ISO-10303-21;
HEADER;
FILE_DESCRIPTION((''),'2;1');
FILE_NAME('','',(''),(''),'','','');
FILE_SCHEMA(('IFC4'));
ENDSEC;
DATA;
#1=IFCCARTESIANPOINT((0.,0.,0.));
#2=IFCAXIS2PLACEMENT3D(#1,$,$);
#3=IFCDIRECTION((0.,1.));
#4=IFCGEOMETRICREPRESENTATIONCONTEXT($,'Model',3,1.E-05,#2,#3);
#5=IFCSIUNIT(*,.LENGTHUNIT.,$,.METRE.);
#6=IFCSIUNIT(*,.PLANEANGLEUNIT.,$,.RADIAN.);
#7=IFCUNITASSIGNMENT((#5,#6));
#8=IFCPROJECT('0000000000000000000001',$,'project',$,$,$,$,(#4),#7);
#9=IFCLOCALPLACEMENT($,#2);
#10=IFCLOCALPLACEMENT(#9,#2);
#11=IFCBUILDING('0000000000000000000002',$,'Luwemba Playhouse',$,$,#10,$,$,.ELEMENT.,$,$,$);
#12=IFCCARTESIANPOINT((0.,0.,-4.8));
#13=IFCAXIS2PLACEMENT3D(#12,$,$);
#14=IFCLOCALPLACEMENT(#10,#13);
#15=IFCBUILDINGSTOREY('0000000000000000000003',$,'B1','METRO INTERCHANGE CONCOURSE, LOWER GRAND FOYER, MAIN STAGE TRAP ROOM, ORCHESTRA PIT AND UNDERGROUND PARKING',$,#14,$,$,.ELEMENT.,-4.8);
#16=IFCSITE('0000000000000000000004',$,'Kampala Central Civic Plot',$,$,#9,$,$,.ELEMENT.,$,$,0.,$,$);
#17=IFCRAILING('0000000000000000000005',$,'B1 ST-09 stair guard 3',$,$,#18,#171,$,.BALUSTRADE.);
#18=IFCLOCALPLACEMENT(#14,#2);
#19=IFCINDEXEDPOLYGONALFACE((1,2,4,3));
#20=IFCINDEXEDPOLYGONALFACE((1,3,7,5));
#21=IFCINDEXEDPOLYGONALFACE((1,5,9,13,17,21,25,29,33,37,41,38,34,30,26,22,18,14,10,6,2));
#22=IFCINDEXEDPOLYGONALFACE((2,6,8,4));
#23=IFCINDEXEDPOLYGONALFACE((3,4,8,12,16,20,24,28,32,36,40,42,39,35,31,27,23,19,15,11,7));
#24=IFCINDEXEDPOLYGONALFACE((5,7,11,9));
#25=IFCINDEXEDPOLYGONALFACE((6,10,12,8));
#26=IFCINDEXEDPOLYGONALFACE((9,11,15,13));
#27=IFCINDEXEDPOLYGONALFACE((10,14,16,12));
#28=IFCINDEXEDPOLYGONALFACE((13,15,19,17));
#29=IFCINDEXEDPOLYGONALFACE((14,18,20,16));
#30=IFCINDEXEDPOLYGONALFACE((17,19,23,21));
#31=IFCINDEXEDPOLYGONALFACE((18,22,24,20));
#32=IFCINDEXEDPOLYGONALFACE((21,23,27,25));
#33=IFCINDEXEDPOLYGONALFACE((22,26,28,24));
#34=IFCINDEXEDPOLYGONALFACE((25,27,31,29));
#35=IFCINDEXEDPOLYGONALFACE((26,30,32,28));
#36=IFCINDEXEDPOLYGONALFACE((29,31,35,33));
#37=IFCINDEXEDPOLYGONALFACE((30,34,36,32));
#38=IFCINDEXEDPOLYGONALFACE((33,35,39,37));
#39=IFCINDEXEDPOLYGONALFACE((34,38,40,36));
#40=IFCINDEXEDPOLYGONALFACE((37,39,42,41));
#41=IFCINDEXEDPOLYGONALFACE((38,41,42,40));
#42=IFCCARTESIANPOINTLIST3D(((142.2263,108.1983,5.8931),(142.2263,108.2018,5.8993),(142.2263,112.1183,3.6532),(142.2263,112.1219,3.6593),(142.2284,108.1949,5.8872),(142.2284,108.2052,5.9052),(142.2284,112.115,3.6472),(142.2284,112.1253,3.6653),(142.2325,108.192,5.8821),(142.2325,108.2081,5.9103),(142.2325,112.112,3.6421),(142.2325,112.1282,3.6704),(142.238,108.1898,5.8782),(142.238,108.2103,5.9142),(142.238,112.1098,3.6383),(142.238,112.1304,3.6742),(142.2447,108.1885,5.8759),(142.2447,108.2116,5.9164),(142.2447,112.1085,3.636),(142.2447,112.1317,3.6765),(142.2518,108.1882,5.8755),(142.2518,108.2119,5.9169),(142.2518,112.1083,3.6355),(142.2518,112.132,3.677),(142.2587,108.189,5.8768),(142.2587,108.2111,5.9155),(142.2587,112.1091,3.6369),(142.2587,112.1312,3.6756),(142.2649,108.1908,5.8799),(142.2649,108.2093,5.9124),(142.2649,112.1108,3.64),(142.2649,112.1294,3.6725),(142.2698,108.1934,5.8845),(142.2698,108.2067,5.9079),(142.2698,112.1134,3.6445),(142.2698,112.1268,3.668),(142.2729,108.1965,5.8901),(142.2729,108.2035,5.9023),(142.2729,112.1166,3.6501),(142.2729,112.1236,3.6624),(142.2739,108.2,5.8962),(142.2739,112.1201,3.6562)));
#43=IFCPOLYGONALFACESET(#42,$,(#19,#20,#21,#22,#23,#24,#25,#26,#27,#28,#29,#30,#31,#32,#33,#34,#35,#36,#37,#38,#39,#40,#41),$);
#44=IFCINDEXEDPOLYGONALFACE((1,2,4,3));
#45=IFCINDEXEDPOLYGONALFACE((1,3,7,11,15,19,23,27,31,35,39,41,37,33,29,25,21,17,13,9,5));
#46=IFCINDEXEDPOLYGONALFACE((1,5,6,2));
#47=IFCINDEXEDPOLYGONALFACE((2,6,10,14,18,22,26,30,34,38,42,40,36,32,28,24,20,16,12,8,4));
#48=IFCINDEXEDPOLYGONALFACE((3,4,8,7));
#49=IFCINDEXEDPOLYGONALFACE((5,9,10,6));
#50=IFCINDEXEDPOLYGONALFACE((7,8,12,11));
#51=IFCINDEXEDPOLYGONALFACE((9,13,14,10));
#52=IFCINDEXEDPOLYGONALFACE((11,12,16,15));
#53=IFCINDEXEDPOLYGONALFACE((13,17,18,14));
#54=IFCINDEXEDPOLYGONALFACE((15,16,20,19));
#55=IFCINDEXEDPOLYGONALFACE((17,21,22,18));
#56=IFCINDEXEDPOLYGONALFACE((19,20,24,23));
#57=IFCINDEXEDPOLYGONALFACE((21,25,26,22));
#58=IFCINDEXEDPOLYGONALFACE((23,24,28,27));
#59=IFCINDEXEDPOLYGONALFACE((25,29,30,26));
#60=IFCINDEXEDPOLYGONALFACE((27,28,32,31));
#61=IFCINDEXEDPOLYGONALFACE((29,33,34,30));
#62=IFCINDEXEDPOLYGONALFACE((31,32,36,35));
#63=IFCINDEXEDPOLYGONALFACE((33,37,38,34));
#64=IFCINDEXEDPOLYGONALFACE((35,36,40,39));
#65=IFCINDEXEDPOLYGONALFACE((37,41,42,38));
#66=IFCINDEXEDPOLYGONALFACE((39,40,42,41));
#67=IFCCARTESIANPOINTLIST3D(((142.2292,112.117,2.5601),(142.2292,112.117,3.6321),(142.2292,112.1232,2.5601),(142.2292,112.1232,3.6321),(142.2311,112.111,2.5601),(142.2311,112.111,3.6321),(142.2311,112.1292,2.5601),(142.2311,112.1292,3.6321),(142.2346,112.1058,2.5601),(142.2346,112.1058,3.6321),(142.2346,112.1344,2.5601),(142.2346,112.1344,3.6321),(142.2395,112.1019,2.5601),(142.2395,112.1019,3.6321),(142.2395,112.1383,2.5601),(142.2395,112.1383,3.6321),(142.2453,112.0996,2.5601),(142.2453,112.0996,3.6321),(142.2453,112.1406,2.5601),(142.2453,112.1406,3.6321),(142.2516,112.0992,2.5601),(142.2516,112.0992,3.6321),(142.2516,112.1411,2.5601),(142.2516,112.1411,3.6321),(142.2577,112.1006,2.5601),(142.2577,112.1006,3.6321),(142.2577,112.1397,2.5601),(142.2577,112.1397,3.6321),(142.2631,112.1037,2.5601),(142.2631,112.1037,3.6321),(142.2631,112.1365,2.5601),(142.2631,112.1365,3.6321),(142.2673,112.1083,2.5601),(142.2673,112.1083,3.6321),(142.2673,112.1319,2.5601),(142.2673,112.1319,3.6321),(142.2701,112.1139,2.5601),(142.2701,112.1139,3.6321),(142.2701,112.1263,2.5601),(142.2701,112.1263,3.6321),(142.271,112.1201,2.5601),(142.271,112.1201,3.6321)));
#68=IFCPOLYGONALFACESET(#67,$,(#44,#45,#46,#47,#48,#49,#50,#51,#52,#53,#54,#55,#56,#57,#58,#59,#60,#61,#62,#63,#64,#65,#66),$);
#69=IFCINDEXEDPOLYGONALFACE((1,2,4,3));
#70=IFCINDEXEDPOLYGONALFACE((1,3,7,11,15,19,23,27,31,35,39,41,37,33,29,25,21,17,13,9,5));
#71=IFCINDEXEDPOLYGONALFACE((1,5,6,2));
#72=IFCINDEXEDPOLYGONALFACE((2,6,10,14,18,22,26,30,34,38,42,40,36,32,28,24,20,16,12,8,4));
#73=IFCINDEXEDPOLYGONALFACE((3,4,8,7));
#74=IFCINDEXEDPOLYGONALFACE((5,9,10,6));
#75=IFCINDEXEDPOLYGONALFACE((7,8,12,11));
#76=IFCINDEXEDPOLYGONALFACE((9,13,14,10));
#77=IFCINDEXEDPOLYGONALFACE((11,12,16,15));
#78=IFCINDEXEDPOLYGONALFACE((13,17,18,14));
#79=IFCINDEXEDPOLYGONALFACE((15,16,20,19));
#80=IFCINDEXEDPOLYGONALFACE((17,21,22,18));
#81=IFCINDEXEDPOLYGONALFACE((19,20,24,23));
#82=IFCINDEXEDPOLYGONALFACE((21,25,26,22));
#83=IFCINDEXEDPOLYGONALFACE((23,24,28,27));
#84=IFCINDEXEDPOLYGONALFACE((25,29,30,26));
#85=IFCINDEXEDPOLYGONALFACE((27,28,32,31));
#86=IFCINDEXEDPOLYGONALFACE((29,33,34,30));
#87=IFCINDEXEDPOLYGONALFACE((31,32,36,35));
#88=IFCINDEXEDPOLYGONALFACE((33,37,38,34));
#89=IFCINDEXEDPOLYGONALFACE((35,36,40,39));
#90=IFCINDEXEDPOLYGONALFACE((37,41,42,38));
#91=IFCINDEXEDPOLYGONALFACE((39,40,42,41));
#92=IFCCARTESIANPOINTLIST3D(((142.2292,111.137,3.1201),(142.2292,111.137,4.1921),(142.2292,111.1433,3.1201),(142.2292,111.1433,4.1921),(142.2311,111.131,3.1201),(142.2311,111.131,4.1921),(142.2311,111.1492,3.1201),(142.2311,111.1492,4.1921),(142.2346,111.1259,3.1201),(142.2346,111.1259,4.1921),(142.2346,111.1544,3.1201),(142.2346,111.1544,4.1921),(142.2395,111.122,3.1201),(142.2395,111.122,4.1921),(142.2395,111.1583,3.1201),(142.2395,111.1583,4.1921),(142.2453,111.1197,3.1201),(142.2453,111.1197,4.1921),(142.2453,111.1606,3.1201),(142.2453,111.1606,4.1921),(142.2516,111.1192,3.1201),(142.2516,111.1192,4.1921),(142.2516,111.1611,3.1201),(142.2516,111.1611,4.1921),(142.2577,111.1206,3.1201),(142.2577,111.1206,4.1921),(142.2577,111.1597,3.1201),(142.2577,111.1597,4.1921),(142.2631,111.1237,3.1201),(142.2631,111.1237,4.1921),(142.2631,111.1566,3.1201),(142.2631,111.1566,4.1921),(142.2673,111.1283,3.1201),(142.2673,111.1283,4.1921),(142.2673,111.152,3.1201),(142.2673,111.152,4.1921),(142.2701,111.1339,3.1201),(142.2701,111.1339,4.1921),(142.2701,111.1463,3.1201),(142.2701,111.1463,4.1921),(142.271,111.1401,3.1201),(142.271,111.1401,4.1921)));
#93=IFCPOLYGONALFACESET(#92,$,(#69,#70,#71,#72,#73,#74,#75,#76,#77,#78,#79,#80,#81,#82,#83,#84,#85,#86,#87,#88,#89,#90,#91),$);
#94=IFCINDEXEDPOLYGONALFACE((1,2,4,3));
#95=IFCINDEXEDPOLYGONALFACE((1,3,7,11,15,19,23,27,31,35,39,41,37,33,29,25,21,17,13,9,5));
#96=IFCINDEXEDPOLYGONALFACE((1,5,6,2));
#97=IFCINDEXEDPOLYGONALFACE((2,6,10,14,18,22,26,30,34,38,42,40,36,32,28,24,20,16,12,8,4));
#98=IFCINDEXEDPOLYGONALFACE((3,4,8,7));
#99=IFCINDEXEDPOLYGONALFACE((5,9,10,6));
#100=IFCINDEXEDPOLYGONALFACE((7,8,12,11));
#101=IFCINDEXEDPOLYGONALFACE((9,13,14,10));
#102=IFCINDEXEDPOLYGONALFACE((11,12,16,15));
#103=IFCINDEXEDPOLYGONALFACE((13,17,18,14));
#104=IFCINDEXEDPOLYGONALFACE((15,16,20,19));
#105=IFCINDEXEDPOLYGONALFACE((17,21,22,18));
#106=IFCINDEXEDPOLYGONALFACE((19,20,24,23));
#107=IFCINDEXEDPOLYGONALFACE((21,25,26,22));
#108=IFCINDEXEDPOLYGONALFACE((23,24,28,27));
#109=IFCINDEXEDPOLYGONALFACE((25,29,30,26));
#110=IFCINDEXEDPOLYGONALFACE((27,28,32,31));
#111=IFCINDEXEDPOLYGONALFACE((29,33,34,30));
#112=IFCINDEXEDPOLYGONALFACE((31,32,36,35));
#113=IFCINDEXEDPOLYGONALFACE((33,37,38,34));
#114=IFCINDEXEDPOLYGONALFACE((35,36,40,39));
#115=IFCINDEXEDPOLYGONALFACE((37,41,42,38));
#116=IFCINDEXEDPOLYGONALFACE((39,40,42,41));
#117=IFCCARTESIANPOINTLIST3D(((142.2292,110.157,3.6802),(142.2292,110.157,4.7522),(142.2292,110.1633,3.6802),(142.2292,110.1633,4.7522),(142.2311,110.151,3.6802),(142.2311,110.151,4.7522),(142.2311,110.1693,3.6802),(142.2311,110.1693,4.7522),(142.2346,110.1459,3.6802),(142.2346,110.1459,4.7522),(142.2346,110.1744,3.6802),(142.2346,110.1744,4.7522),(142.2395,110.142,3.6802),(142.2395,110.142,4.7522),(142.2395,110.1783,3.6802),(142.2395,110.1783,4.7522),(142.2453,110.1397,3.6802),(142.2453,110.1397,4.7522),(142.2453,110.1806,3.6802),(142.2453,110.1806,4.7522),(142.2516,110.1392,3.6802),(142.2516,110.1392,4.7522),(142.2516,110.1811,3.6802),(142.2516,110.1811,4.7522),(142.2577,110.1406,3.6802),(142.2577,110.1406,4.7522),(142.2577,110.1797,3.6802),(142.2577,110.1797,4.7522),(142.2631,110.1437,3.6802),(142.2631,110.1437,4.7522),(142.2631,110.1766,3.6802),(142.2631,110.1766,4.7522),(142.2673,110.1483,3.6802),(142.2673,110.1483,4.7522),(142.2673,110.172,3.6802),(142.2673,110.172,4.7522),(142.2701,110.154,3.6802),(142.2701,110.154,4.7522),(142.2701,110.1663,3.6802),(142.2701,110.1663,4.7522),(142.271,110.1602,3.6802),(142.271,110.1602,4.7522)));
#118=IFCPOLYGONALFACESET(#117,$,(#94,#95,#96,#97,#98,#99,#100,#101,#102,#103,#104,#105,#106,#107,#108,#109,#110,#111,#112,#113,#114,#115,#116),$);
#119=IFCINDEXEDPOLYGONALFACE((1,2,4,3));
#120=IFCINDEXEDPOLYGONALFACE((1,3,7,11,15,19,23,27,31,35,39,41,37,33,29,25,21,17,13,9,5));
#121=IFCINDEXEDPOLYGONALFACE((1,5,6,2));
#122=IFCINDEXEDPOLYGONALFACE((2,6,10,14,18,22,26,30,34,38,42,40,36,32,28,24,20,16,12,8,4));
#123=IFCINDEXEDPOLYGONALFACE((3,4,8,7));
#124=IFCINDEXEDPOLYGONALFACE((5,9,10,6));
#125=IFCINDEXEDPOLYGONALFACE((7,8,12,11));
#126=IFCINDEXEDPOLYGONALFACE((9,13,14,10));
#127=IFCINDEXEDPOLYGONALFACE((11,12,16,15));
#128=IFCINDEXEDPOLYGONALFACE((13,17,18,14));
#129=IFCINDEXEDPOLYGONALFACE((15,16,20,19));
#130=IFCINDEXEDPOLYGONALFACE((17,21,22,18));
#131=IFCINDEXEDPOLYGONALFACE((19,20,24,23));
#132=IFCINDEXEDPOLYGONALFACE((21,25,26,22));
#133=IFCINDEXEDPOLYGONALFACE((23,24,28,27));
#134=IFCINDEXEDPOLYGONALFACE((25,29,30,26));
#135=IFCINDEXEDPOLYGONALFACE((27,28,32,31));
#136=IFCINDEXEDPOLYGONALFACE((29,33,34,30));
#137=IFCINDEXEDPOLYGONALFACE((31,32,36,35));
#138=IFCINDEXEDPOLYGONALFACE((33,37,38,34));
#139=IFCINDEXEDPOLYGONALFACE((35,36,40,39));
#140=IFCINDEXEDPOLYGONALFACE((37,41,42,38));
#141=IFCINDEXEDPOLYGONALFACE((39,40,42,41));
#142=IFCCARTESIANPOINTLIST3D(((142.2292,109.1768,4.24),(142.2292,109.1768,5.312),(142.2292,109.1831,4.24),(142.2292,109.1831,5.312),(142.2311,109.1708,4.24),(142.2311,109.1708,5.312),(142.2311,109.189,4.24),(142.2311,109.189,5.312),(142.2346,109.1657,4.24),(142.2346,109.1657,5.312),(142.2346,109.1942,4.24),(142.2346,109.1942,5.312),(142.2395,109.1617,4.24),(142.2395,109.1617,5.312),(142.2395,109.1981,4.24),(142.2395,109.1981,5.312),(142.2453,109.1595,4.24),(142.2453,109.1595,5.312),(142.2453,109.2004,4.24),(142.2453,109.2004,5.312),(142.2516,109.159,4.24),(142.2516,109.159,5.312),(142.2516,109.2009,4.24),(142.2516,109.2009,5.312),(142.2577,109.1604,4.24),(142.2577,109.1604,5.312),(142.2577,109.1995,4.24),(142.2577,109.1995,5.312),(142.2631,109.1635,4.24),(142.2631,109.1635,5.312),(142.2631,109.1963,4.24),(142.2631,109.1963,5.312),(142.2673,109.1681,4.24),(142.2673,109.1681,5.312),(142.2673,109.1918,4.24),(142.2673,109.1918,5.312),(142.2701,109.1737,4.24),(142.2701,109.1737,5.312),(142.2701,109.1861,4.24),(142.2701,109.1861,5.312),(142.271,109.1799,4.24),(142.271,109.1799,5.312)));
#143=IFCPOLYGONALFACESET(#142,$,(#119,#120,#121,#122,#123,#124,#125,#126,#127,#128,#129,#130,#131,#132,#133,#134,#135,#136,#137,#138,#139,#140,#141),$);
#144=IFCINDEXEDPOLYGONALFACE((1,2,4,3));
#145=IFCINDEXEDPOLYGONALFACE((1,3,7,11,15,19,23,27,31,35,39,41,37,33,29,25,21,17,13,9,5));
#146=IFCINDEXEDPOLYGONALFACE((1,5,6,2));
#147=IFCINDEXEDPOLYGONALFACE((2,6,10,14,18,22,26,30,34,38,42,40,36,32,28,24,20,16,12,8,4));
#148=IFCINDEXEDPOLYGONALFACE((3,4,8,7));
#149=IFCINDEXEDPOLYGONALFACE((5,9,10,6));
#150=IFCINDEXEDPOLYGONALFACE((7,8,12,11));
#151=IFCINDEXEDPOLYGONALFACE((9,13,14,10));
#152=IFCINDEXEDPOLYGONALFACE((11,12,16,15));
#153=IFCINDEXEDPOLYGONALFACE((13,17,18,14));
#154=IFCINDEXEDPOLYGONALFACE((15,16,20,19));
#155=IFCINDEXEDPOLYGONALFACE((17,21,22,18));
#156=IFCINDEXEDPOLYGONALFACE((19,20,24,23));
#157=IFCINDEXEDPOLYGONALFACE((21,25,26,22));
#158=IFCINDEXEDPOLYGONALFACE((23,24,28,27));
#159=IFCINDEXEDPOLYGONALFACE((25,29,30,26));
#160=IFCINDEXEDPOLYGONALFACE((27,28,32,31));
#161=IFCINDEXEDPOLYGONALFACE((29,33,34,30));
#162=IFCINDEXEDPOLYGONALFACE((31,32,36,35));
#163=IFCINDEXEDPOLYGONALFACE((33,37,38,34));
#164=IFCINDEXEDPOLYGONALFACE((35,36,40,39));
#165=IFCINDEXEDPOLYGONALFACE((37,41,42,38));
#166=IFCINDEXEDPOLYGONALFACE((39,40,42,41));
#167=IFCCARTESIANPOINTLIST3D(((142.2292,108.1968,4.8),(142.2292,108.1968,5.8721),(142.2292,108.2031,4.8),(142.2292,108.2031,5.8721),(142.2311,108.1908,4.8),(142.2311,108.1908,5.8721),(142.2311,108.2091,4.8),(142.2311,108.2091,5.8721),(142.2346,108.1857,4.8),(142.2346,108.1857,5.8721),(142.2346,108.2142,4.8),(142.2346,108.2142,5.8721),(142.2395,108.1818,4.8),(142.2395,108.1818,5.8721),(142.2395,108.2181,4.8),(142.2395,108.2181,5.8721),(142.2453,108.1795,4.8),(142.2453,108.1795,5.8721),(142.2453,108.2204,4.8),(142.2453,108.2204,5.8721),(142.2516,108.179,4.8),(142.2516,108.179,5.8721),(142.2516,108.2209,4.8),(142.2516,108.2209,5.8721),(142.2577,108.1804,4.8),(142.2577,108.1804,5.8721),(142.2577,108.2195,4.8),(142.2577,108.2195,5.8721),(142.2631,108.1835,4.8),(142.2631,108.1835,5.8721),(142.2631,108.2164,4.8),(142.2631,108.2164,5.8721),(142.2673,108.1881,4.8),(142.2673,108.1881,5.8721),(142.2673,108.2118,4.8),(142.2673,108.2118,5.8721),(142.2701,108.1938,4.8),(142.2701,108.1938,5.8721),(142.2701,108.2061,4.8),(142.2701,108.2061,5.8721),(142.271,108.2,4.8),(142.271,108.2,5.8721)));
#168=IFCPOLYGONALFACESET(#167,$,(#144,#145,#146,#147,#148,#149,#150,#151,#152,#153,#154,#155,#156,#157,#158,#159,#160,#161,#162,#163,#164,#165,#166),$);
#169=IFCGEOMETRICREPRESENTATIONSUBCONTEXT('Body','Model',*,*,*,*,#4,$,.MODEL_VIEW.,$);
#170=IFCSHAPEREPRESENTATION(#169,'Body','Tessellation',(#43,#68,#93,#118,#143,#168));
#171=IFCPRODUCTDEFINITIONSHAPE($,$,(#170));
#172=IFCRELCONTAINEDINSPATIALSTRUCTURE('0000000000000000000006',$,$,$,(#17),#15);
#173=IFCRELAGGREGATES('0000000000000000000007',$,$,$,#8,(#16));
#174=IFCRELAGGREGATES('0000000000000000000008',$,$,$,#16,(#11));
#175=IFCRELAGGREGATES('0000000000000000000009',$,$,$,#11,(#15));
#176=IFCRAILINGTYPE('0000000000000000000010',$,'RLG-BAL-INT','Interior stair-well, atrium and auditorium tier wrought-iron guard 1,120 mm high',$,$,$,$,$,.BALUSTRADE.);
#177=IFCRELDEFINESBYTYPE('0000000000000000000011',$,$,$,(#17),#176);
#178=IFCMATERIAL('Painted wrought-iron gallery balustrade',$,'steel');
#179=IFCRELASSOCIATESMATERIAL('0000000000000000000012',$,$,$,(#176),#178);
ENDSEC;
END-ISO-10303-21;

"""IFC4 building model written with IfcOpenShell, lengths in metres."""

from ifc_helpers import new_model, si_unit, direction, frame, origin, origin_2d, place, context, subcontext, project, spatial, circle, extrude, material, type_object, element, save


model = new_model("IFC4")

# Units and contexts
model_context = context("Model", 3, precision=1e-05, world=origin(), true_north=direction((0.0, 1.0)))
body_context = subcontext(model_context, "Body", "Model", "MODEL_VIEW")
ifc_project = project(units=[si_unit("LENGTHUNIT", "METRE"), si_unit("PLANEANGLEUNIT", "RADIAN")], contexts=[model_context])

# Site, building, storey
site_placement = place(None, origin())
site = spatial("IfcSite", under=ifc_project, at=site_placement, Name="Kampala Central Civic Plot", CompositionType="ELEMENT", RefElevation=0.0)
building_placement = place(site_placement, origin())
building = spatial("IfcBuilding", under=site, at=building_placement, Name="Luwemba Playhouse", CompositionType="ELEMENT")
storey_placement = place(building_placement, frame((0.0, 0.0, -4.8)))
storey = spatial("IfcBuildingStorey", under=building, at=storey_placement, Name="B1", Description="METRO INTERCHANGE CONCOURSE, LOWER GRAND FOYER, MAIN STAGE TRAP ROOM, ORCHESTRA PIT AND UNDERGROUND PARKING", CompositionType="ELEMENT", Elevation=-4.8)

# Railing
ifc_material_1 = material(Name="Painted wrought-iron gallery balustrade", Category="steel")
railing_type_1 = type_object("IfcRailingType", Name="RLG-BAL-INT", Description="Interior stair-well, atrium and auditorium tier wrought-iron guard 1,120 mm high", PredefinedType="BALUSTRADE", material=ifc_material_1)
railing_1_placement = place(storey_placement, frame((142.25, 112.1201, 2.5601)))
element("IfcRailing", 1, at=railing_1_placement, inside=storey, type_object=railing_type_1, Name="B1 ST-09 stair guard 3", PredefinedType="BALUSTRADE", context=body_context, shape_type="SweptSolid", body=[
    extrude(circle(Radius=0.0239, at=origin_2d()), frame((0.0, 0.0, 1.0962), z_axis=(0.0, -0.868253, 0.496121), x_axis=(1.0, 0.0, 0.0)), (0.0, 0.0, 1.0), 4.5149),
    extrude(circle(Radius=0.021, at=origin_2d()), origin(), (0.0, 0.0, 1.0), 1.072),
    extrude(circle(Radius=0.021, at=origin_2d()), frame((0.0, -0.98, 0.5601)), (0.0, 0.0, 1.0), 1.072),
    extrude(circle(Radius=0.021, at=origin_2d()), frame((0.0, -1.96, 1.1201)), (0.0, 0.0, 1.0), 1.072),
    extrude(circle(Radius=0.021, at=origin_2d()), frame((0.0, -2.9402, 1.6799)), (0.0, 0.0, 1.0), 1.072),
    extrude(circle(Radius=0.021, at=origin_2d()), frame((0.0, -3.9202, 2.24)), (0.0, 0.0, 1.0), 1.072),
])

save(model, "model.ifc")
